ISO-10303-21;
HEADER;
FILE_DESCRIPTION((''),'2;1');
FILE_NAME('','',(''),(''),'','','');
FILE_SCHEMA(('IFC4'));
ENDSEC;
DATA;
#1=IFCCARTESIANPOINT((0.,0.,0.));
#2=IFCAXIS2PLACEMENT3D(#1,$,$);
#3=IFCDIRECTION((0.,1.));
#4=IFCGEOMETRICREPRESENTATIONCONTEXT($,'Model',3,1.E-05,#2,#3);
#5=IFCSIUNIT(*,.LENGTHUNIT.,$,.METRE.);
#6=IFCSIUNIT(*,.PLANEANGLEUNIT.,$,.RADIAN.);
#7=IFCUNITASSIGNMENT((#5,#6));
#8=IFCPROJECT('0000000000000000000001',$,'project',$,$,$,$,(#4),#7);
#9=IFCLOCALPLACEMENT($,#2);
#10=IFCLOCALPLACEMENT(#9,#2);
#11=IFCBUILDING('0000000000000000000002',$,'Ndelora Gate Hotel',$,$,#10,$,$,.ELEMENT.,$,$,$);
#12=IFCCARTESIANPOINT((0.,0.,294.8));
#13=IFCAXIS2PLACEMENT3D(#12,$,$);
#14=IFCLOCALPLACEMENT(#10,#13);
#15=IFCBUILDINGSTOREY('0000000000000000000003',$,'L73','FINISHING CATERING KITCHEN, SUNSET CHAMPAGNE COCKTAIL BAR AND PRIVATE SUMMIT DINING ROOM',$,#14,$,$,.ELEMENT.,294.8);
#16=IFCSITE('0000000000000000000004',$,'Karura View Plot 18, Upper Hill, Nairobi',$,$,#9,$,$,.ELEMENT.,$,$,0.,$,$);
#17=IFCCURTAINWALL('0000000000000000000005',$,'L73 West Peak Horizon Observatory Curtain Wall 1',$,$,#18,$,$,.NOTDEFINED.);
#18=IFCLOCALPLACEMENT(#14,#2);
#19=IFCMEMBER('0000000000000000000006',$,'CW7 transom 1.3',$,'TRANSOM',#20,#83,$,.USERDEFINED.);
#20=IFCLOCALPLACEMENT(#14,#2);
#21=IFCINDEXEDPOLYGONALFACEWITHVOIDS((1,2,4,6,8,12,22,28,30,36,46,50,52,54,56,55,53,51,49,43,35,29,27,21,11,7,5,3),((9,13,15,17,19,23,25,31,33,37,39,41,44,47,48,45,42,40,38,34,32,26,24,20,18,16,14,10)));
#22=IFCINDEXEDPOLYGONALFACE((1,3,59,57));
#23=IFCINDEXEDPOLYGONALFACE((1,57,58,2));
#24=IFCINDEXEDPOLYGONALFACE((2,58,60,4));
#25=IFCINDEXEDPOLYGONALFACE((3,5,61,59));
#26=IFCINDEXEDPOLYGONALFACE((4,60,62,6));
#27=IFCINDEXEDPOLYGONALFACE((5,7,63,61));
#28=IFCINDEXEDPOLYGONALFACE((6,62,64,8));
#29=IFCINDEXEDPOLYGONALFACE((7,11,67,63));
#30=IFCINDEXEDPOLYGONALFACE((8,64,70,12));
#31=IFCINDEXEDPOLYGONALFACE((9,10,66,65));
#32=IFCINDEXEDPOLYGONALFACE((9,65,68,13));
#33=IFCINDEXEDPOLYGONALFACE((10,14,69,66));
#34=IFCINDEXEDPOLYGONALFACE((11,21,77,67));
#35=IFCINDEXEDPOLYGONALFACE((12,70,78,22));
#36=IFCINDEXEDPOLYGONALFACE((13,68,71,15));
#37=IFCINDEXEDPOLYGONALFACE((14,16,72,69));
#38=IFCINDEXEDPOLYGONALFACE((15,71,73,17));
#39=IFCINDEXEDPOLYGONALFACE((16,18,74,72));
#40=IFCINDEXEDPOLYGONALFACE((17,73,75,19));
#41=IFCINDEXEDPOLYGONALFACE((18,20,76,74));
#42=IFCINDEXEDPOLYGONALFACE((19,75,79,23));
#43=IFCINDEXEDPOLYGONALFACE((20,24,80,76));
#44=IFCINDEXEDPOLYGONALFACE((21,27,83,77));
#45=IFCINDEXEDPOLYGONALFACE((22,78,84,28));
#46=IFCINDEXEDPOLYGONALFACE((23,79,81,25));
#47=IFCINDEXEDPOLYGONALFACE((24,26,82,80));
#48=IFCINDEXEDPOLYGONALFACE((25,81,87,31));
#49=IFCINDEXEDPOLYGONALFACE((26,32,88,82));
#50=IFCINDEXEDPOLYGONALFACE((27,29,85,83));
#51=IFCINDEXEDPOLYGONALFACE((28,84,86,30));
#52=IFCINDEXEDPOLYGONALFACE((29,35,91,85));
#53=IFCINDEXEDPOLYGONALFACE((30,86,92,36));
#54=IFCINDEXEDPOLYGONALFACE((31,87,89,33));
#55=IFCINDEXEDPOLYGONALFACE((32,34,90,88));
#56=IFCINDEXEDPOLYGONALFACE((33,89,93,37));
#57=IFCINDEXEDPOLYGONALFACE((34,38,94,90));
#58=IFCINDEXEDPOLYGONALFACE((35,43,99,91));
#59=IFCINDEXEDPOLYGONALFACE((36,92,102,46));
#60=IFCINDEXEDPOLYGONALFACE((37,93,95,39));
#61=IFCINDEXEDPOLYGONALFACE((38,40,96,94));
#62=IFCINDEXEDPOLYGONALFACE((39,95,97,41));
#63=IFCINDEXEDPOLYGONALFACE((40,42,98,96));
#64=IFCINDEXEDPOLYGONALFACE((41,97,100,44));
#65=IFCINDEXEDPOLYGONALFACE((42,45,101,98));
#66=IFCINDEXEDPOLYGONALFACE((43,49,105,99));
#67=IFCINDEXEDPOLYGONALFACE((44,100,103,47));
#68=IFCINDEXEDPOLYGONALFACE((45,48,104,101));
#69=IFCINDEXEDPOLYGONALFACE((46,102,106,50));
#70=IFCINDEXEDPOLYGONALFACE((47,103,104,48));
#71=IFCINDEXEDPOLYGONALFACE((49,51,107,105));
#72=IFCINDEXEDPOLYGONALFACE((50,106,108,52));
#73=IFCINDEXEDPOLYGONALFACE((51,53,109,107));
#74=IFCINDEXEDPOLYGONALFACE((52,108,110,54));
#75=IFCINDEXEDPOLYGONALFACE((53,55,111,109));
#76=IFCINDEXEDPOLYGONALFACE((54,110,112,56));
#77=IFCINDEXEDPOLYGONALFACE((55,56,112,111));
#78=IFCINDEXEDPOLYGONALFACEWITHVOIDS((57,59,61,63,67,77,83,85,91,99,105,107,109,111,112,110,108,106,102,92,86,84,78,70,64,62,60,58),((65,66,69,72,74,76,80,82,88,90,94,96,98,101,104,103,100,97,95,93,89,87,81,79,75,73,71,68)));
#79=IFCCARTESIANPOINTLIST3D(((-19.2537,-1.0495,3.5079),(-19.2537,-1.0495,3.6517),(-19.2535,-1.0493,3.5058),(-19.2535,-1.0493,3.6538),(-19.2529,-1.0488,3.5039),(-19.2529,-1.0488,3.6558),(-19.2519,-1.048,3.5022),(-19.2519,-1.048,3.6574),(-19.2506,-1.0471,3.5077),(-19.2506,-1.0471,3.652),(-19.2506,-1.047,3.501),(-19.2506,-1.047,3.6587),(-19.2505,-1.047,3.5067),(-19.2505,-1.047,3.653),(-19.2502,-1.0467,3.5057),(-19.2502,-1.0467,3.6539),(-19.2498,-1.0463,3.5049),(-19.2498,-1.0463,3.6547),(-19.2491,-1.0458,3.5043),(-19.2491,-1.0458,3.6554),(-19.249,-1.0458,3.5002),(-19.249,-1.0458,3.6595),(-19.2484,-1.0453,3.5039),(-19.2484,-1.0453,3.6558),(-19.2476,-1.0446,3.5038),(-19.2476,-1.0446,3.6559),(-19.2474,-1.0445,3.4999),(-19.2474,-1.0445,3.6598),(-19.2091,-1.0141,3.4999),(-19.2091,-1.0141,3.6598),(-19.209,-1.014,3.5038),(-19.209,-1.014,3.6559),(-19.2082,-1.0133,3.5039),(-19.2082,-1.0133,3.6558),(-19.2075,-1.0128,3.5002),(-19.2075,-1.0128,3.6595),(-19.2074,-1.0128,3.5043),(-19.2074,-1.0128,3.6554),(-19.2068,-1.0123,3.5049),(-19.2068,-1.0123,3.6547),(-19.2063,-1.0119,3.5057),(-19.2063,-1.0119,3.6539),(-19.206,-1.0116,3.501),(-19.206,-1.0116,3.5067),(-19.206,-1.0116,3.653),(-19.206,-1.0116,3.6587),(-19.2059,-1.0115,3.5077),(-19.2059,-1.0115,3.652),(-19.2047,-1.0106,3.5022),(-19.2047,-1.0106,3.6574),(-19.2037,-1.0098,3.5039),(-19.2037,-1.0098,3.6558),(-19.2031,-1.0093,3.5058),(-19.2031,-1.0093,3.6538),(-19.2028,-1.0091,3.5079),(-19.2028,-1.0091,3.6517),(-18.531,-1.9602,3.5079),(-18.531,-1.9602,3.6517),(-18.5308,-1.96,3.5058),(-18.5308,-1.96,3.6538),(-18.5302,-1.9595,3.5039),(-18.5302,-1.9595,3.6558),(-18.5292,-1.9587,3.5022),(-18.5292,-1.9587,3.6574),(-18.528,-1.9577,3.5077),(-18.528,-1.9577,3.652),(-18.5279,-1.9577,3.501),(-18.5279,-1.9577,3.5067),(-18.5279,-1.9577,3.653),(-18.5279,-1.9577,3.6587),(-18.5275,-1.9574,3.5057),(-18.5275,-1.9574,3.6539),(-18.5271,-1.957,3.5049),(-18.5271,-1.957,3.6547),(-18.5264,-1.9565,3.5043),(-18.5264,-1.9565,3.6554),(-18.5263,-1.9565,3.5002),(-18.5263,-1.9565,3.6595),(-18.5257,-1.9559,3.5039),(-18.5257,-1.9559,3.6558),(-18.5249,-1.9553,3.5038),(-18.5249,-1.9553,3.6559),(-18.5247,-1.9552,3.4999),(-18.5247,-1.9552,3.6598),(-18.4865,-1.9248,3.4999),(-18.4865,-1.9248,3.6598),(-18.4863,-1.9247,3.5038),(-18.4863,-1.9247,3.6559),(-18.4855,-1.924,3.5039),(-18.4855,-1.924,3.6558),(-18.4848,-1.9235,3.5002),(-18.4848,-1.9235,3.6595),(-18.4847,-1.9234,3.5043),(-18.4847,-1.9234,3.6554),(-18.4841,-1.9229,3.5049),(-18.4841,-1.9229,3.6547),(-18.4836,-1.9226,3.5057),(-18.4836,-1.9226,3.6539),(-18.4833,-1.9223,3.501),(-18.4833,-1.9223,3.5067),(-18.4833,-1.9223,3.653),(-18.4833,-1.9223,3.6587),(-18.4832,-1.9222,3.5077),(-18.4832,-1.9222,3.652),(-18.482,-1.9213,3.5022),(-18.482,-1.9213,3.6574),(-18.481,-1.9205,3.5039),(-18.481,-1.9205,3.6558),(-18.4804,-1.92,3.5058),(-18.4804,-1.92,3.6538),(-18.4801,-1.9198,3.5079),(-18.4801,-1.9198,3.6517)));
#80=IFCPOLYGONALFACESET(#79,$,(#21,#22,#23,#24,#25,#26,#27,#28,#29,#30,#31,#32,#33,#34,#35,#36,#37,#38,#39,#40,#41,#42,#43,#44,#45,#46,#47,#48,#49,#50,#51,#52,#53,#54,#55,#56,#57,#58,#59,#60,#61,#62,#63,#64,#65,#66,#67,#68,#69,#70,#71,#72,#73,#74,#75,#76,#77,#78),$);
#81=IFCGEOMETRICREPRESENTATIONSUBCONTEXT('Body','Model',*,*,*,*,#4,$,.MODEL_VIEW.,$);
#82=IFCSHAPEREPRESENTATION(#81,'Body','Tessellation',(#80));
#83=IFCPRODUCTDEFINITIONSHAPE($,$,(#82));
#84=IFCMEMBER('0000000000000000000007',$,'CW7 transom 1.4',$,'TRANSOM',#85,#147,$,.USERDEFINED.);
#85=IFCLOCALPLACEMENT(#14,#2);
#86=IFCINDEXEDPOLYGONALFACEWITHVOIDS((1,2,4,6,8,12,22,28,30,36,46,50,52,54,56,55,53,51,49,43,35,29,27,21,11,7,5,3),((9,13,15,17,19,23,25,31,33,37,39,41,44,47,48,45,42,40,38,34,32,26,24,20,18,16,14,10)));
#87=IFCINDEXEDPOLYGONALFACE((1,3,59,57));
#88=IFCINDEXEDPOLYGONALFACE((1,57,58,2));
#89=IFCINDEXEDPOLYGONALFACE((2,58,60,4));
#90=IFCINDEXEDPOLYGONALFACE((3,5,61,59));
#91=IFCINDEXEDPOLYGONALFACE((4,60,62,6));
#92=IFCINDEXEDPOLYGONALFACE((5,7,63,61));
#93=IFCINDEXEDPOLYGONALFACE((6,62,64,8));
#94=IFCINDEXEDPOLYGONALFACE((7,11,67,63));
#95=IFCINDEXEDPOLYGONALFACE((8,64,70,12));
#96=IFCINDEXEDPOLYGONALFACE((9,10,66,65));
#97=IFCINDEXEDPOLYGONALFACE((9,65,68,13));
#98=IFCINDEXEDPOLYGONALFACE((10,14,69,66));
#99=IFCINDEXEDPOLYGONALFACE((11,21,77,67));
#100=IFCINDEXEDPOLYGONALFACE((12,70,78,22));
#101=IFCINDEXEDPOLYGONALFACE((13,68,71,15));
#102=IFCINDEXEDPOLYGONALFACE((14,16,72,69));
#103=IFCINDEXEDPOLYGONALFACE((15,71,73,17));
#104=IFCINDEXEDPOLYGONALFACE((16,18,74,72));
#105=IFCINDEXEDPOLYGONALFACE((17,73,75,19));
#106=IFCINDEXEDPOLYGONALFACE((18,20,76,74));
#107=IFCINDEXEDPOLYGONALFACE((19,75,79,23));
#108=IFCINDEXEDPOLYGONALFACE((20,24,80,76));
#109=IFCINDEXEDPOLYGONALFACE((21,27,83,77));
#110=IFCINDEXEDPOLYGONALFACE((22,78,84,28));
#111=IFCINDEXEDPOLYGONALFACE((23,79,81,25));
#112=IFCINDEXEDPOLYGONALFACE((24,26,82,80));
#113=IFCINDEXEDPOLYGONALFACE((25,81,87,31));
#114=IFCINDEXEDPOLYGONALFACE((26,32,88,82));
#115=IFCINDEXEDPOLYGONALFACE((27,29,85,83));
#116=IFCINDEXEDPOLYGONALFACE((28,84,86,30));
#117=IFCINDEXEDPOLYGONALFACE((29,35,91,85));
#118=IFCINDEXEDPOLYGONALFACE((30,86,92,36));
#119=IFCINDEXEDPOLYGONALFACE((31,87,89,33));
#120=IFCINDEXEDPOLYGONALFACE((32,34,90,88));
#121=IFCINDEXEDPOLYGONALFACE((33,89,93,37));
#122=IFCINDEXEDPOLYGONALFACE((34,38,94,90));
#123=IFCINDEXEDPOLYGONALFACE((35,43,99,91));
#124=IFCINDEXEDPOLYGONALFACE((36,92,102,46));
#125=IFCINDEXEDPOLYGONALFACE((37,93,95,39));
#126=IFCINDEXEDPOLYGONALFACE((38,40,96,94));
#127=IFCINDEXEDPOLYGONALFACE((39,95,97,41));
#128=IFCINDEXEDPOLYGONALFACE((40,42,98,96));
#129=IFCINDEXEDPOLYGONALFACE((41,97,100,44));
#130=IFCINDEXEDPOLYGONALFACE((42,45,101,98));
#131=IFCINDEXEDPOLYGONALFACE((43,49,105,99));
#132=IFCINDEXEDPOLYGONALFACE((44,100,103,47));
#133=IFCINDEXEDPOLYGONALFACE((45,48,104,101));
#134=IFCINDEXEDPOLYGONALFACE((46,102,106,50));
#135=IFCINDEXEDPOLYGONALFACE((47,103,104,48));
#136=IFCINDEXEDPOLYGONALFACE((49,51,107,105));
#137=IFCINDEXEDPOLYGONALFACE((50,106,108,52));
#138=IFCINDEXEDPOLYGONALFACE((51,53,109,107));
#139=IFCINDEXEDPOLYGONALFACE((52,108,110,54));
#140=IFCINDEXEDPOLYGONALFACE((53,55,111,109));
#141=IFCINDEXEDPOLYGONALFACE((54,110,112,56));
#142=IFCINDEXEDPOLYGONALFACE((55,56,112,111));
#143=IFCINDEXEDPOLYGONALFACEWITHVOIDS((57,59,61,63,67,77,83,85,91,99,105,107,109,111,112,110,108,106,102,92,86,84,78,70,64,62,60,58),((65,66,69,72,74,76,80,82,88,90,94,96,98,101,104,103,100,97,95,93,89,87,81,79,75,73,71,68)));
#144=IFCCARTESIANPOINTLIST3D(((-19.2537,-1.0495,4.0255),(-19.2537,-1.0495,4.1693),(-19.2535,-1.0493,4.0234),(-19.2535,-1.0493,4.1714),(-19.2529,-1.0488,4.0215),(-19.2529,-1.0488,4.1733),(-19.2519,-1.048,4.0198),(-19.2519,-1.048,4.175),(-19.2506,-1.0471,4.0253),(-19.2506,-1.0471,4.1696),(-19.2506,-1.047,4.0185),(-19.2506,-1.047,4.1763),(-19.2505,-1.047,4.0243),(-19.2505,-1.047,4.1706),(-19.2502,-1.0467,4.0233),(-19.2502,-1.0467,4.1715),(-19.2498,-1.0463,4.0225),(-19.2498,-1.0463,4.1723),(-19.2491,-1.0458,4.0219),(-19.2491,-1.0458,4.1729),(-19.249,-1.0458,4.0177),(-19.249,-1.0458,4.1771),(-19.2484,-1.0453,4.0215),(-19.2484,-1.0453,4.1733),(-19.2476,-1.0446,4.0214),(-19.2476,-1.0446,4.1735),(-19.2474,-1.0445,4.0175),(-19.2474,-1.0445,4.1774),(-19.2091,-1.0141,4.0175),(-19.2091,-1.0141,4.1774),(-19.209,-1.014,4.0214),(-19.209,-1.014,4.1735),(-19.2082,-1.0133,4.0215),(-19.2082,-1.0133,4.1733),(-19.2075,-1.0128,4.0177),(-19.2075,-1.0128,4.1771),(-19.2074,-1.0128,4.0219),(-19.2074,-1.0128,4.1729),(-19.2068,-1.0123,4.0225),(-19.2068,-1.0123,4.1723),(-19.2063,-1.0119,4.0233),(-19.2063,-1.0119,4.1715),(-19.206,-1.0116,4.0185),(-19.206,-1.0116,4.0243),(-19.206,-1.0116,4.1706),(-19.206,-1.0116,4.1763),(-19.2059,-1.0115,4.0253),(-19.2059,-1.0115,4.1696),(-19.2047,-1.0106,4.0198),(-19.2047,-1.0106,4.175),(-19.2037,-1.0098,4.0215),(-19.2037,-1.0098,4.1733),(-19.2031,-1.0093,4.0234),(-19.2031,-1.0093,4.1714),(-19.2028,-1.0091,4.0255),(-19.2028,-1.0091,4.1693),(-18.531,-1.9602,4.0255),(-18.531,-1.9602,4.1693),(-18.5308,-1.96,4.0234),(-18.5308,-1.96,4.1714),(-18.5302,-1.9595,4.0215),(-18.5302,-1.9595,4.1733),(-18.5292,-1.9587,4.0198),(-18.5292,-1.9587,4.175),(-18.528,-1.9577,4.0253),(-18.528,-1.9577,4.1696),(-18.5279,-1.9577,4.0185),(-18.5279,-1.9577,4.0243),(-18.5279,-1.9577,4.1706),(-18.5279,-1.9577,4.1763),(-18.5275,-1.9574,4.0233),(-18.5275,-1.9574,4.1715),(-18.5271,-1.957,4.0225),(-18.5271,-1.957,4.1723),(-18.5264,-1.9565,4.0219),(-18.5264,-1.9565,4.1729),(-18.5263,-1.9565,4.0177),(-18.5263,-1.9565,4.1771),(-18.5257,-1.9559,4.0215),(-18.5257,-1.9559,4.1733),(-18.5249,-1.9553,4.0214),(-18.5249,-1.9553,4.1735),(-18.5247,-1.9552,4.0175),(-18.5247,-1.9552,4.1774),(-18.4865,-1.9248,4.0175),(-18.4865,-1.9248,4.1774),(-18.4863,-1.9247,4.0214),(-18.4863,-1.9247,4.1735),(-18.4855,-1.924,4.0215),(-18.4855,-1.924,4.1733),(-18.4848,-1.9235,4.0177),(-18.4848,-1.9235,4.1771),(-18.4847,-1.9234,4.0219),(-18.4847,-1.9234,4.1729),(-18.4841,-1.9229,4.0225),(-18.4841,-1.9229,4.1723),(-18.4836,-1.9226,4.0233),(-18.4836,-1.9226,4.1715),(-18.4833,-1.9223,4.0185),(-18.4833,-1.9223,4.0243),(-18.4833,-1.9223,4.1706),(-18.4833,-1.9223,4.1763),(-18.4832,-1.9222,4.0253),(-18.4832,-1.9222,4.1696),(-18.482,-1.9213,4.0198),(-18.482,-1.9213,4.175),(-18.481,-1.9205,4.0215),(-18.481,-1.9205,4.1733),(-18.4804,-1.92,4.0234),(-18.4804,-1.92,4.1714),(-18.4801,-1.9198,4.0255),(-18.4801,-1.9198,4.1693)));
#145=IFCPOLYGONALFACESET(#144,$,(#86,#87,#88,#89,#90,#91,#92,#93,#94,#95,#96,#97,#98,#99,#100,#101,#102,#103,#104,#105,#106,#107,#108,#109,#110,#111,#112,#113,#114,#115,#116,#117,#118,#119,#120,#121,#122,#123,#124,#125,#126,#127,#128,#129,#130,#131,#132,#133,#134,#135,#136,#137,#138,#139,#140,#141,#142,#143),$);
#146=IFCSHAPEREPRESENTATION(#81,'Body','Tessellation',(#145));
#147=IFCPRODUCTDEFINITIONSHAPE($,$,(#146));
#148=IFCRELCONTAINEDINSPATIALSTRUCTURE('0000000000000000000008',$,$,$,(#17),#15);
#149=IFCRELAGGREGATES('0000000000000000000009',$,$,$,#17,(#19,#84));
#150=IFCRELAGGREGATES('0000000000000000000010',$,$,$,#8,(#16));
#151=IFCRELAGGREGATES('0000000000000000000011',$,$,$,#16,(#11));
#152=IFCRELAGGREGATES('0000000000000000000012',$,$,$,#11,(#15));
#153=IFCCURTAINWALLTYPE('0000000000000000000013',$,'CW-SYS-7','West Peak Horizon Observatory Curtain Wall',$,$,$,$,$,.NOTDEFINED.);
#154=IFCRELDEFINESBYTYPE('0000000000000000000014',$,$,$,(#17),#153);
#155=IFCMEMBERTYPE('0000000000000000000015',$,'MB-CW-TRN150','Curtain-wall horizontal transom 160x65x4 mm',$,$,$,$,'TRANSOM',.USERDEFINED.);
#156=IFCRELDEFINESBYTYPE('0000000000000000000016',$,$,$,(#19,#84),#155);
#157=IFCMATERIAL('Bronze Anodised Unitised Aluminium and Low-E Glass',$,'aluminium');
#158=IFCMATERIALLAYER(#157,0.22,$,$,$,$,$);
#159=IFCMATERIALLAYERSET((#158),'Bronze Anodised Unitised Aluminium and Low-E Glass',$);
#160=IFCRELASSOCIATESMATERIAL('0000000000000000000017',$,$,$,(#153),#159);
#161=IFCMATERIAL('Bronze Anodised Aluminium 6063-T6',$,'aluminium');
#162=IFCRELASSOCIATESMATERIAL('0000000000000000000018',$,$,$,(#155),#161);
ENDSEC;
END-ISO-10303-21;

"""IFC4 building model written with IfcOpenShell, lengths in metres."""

from ifc_helpers import new_model, si_unit, direction, frame, origin, origin_2d, place, context, subcontext, project, spatial, hollow_rectangle, extrude, material, layer, layer_set, material_profile, profile_set, type_object, element, aggregate, save


model = new_model("IFC4")

# Units and contexts
model_context = context("Model", 3, precision=1e-05, world=origin(), true_north=direction((0.0, 1.0)))
body_context = subcontext(model_context, "Body", "Model", "MODEL_VIEW")
ifc_project = project(units=[si_unit("LENGTHUNIT", "METRE"), si_unit("PLANEANGLEUNIT", "RADIAN")], contexts=[model_context])

# Site, building, storey
site_placement = place(None, origin())
site = spatial("IfcSite", under=ifc_project, at=site_placement, Name="Karura View Plot 18, Upper Hill, Nairobi", CompositionType="ELEMENT", RefElevation=0.0)
building_placement = place(site_placement, origin())
building = spatial("IfcBuilding", under=site, at=building_placement, Name="Ndelora Gate Hotel", CompositionType="ELEMENT")
storey_placement = place(building_placement, frame((0.0, 0.0, 294.8)))
storey = spatial("IfcBuildingStorey", under=building, at=storey_placement, Name="L73", Description="FINISHING CATERING KITCHEN, SUNSET CHAMPAGNE COCKTAIL BAR AND PRIVATE SUMMIT DINING ROOM", CompositionType="ELEMENT", Elevation=294.8)

# Curtain wall
ifc_material_1 = material(Name="Bronze Anodised Unitised Aluminium and Low-E Glass", Category="aluminium")
ifc_layer_1 = layer(ifc_material_1, 0.22)
ifc_layer_set_1 = layer_set([ifc_layer_1], Name="Bronze Anodised Unitised Aluminium and Low-E Glass")
curtain_wall_type = type_object("IfcCurtainWallType", Name="CW-SYS-7", Description="West Peak Horizon Observatory Curtain Wall", PredefinedType="NOTDEFINED", material=ifc_layer_set_1)
curtain_wall_1_placement = place(storey_placement, origin())
curtain_wall_1 = element("IfcCurtainWall", 1, at=curtain_wall_1_placement, inside=storey, type_object=curtain_wall_type, Name="L73 West Peak Horizon Observatory Curtain Wall 1", PredefinedType="NOTDEFINED")
ifc_material_2 = material(Name="Bronze Anodised Aluminium 6063-T6", Category="aluminium")

# Members
ifc_material_profile_1 = material_profile(ifc_material_2, hollow_rectangle(XDim=0.0649, YDim=0.1599, WallThickness=0.0039, InnerFilletRadius=0.0039, OuterFilletRadius=0.0081, at=origin_2d()), Name="ALU 160x65x4")
ifc_profile_set_1 = profile_set([ifc_material_profile_1], Name="Bronze Anodised Aluminium 6063-T6")
member_type_1 = type_object("IfcMemberType", Name="MB-CW-TRN150", Description="Curtain-wall horizontal transom 160x65x4 mm", ElementType="TRANSOM", PredefinedType="USERDEFINED", material=ifc_profile_set_1)
member_1_placement = place(storey_placement, frame((-19.2283, -1.0293, 3.5798), z_axis=(0.621617, -0.783321, 0.0), x_axis=(0.783321, 0.621617, 0.0)))
member_1 = element("IfcMember", 2, at=member_1_placement, type_object=member_type_1, Name="CW7 transom 1.3", ObjectType="TRANSOM", PredefinedType="USERDEFINED", context=body_context, shape_type="SweptSolid", body=[
    extrude(hollow_rectangle(XDim=0.0649, YDim=0.1599, WallThickness=0.0039, InnerFilletRadius=0.0039, OuterFilletRadius=0.0081, at=origin_2d()), origin(), (0.0, 0.0, 1.0), 1.1626),
])
member_2_placement = place(storey_placement, frame((-19.2283, -1.0293, 4.0974), z_axis=(0.621617, -0.783321, 0.0), x_axis=(0.783321, 0.621617, 0.0)))
member_2 = element("IfcMember", 3, at=member_2_placement, type_object=member_type_1, Name="CW7 transom 1.4", ObjectType="TRANSOM", PredefinedType="USERDEFINED", context=body_context, shape_type="SweptSolid", body=[
    extrude(hollow_rectangle(XDim=0.0649, YDim=0.1599, WallThickness=0.0039, InnerFilletRadius=0.0039, OuterFilletRadius=0.0081, at=origin_2d()), origin(), (0.0, 0.0, 1.0), 1.1626),
])

aggregate(curtain_wall_1, [member_1, member_2])

save(model, "model.ifc")
